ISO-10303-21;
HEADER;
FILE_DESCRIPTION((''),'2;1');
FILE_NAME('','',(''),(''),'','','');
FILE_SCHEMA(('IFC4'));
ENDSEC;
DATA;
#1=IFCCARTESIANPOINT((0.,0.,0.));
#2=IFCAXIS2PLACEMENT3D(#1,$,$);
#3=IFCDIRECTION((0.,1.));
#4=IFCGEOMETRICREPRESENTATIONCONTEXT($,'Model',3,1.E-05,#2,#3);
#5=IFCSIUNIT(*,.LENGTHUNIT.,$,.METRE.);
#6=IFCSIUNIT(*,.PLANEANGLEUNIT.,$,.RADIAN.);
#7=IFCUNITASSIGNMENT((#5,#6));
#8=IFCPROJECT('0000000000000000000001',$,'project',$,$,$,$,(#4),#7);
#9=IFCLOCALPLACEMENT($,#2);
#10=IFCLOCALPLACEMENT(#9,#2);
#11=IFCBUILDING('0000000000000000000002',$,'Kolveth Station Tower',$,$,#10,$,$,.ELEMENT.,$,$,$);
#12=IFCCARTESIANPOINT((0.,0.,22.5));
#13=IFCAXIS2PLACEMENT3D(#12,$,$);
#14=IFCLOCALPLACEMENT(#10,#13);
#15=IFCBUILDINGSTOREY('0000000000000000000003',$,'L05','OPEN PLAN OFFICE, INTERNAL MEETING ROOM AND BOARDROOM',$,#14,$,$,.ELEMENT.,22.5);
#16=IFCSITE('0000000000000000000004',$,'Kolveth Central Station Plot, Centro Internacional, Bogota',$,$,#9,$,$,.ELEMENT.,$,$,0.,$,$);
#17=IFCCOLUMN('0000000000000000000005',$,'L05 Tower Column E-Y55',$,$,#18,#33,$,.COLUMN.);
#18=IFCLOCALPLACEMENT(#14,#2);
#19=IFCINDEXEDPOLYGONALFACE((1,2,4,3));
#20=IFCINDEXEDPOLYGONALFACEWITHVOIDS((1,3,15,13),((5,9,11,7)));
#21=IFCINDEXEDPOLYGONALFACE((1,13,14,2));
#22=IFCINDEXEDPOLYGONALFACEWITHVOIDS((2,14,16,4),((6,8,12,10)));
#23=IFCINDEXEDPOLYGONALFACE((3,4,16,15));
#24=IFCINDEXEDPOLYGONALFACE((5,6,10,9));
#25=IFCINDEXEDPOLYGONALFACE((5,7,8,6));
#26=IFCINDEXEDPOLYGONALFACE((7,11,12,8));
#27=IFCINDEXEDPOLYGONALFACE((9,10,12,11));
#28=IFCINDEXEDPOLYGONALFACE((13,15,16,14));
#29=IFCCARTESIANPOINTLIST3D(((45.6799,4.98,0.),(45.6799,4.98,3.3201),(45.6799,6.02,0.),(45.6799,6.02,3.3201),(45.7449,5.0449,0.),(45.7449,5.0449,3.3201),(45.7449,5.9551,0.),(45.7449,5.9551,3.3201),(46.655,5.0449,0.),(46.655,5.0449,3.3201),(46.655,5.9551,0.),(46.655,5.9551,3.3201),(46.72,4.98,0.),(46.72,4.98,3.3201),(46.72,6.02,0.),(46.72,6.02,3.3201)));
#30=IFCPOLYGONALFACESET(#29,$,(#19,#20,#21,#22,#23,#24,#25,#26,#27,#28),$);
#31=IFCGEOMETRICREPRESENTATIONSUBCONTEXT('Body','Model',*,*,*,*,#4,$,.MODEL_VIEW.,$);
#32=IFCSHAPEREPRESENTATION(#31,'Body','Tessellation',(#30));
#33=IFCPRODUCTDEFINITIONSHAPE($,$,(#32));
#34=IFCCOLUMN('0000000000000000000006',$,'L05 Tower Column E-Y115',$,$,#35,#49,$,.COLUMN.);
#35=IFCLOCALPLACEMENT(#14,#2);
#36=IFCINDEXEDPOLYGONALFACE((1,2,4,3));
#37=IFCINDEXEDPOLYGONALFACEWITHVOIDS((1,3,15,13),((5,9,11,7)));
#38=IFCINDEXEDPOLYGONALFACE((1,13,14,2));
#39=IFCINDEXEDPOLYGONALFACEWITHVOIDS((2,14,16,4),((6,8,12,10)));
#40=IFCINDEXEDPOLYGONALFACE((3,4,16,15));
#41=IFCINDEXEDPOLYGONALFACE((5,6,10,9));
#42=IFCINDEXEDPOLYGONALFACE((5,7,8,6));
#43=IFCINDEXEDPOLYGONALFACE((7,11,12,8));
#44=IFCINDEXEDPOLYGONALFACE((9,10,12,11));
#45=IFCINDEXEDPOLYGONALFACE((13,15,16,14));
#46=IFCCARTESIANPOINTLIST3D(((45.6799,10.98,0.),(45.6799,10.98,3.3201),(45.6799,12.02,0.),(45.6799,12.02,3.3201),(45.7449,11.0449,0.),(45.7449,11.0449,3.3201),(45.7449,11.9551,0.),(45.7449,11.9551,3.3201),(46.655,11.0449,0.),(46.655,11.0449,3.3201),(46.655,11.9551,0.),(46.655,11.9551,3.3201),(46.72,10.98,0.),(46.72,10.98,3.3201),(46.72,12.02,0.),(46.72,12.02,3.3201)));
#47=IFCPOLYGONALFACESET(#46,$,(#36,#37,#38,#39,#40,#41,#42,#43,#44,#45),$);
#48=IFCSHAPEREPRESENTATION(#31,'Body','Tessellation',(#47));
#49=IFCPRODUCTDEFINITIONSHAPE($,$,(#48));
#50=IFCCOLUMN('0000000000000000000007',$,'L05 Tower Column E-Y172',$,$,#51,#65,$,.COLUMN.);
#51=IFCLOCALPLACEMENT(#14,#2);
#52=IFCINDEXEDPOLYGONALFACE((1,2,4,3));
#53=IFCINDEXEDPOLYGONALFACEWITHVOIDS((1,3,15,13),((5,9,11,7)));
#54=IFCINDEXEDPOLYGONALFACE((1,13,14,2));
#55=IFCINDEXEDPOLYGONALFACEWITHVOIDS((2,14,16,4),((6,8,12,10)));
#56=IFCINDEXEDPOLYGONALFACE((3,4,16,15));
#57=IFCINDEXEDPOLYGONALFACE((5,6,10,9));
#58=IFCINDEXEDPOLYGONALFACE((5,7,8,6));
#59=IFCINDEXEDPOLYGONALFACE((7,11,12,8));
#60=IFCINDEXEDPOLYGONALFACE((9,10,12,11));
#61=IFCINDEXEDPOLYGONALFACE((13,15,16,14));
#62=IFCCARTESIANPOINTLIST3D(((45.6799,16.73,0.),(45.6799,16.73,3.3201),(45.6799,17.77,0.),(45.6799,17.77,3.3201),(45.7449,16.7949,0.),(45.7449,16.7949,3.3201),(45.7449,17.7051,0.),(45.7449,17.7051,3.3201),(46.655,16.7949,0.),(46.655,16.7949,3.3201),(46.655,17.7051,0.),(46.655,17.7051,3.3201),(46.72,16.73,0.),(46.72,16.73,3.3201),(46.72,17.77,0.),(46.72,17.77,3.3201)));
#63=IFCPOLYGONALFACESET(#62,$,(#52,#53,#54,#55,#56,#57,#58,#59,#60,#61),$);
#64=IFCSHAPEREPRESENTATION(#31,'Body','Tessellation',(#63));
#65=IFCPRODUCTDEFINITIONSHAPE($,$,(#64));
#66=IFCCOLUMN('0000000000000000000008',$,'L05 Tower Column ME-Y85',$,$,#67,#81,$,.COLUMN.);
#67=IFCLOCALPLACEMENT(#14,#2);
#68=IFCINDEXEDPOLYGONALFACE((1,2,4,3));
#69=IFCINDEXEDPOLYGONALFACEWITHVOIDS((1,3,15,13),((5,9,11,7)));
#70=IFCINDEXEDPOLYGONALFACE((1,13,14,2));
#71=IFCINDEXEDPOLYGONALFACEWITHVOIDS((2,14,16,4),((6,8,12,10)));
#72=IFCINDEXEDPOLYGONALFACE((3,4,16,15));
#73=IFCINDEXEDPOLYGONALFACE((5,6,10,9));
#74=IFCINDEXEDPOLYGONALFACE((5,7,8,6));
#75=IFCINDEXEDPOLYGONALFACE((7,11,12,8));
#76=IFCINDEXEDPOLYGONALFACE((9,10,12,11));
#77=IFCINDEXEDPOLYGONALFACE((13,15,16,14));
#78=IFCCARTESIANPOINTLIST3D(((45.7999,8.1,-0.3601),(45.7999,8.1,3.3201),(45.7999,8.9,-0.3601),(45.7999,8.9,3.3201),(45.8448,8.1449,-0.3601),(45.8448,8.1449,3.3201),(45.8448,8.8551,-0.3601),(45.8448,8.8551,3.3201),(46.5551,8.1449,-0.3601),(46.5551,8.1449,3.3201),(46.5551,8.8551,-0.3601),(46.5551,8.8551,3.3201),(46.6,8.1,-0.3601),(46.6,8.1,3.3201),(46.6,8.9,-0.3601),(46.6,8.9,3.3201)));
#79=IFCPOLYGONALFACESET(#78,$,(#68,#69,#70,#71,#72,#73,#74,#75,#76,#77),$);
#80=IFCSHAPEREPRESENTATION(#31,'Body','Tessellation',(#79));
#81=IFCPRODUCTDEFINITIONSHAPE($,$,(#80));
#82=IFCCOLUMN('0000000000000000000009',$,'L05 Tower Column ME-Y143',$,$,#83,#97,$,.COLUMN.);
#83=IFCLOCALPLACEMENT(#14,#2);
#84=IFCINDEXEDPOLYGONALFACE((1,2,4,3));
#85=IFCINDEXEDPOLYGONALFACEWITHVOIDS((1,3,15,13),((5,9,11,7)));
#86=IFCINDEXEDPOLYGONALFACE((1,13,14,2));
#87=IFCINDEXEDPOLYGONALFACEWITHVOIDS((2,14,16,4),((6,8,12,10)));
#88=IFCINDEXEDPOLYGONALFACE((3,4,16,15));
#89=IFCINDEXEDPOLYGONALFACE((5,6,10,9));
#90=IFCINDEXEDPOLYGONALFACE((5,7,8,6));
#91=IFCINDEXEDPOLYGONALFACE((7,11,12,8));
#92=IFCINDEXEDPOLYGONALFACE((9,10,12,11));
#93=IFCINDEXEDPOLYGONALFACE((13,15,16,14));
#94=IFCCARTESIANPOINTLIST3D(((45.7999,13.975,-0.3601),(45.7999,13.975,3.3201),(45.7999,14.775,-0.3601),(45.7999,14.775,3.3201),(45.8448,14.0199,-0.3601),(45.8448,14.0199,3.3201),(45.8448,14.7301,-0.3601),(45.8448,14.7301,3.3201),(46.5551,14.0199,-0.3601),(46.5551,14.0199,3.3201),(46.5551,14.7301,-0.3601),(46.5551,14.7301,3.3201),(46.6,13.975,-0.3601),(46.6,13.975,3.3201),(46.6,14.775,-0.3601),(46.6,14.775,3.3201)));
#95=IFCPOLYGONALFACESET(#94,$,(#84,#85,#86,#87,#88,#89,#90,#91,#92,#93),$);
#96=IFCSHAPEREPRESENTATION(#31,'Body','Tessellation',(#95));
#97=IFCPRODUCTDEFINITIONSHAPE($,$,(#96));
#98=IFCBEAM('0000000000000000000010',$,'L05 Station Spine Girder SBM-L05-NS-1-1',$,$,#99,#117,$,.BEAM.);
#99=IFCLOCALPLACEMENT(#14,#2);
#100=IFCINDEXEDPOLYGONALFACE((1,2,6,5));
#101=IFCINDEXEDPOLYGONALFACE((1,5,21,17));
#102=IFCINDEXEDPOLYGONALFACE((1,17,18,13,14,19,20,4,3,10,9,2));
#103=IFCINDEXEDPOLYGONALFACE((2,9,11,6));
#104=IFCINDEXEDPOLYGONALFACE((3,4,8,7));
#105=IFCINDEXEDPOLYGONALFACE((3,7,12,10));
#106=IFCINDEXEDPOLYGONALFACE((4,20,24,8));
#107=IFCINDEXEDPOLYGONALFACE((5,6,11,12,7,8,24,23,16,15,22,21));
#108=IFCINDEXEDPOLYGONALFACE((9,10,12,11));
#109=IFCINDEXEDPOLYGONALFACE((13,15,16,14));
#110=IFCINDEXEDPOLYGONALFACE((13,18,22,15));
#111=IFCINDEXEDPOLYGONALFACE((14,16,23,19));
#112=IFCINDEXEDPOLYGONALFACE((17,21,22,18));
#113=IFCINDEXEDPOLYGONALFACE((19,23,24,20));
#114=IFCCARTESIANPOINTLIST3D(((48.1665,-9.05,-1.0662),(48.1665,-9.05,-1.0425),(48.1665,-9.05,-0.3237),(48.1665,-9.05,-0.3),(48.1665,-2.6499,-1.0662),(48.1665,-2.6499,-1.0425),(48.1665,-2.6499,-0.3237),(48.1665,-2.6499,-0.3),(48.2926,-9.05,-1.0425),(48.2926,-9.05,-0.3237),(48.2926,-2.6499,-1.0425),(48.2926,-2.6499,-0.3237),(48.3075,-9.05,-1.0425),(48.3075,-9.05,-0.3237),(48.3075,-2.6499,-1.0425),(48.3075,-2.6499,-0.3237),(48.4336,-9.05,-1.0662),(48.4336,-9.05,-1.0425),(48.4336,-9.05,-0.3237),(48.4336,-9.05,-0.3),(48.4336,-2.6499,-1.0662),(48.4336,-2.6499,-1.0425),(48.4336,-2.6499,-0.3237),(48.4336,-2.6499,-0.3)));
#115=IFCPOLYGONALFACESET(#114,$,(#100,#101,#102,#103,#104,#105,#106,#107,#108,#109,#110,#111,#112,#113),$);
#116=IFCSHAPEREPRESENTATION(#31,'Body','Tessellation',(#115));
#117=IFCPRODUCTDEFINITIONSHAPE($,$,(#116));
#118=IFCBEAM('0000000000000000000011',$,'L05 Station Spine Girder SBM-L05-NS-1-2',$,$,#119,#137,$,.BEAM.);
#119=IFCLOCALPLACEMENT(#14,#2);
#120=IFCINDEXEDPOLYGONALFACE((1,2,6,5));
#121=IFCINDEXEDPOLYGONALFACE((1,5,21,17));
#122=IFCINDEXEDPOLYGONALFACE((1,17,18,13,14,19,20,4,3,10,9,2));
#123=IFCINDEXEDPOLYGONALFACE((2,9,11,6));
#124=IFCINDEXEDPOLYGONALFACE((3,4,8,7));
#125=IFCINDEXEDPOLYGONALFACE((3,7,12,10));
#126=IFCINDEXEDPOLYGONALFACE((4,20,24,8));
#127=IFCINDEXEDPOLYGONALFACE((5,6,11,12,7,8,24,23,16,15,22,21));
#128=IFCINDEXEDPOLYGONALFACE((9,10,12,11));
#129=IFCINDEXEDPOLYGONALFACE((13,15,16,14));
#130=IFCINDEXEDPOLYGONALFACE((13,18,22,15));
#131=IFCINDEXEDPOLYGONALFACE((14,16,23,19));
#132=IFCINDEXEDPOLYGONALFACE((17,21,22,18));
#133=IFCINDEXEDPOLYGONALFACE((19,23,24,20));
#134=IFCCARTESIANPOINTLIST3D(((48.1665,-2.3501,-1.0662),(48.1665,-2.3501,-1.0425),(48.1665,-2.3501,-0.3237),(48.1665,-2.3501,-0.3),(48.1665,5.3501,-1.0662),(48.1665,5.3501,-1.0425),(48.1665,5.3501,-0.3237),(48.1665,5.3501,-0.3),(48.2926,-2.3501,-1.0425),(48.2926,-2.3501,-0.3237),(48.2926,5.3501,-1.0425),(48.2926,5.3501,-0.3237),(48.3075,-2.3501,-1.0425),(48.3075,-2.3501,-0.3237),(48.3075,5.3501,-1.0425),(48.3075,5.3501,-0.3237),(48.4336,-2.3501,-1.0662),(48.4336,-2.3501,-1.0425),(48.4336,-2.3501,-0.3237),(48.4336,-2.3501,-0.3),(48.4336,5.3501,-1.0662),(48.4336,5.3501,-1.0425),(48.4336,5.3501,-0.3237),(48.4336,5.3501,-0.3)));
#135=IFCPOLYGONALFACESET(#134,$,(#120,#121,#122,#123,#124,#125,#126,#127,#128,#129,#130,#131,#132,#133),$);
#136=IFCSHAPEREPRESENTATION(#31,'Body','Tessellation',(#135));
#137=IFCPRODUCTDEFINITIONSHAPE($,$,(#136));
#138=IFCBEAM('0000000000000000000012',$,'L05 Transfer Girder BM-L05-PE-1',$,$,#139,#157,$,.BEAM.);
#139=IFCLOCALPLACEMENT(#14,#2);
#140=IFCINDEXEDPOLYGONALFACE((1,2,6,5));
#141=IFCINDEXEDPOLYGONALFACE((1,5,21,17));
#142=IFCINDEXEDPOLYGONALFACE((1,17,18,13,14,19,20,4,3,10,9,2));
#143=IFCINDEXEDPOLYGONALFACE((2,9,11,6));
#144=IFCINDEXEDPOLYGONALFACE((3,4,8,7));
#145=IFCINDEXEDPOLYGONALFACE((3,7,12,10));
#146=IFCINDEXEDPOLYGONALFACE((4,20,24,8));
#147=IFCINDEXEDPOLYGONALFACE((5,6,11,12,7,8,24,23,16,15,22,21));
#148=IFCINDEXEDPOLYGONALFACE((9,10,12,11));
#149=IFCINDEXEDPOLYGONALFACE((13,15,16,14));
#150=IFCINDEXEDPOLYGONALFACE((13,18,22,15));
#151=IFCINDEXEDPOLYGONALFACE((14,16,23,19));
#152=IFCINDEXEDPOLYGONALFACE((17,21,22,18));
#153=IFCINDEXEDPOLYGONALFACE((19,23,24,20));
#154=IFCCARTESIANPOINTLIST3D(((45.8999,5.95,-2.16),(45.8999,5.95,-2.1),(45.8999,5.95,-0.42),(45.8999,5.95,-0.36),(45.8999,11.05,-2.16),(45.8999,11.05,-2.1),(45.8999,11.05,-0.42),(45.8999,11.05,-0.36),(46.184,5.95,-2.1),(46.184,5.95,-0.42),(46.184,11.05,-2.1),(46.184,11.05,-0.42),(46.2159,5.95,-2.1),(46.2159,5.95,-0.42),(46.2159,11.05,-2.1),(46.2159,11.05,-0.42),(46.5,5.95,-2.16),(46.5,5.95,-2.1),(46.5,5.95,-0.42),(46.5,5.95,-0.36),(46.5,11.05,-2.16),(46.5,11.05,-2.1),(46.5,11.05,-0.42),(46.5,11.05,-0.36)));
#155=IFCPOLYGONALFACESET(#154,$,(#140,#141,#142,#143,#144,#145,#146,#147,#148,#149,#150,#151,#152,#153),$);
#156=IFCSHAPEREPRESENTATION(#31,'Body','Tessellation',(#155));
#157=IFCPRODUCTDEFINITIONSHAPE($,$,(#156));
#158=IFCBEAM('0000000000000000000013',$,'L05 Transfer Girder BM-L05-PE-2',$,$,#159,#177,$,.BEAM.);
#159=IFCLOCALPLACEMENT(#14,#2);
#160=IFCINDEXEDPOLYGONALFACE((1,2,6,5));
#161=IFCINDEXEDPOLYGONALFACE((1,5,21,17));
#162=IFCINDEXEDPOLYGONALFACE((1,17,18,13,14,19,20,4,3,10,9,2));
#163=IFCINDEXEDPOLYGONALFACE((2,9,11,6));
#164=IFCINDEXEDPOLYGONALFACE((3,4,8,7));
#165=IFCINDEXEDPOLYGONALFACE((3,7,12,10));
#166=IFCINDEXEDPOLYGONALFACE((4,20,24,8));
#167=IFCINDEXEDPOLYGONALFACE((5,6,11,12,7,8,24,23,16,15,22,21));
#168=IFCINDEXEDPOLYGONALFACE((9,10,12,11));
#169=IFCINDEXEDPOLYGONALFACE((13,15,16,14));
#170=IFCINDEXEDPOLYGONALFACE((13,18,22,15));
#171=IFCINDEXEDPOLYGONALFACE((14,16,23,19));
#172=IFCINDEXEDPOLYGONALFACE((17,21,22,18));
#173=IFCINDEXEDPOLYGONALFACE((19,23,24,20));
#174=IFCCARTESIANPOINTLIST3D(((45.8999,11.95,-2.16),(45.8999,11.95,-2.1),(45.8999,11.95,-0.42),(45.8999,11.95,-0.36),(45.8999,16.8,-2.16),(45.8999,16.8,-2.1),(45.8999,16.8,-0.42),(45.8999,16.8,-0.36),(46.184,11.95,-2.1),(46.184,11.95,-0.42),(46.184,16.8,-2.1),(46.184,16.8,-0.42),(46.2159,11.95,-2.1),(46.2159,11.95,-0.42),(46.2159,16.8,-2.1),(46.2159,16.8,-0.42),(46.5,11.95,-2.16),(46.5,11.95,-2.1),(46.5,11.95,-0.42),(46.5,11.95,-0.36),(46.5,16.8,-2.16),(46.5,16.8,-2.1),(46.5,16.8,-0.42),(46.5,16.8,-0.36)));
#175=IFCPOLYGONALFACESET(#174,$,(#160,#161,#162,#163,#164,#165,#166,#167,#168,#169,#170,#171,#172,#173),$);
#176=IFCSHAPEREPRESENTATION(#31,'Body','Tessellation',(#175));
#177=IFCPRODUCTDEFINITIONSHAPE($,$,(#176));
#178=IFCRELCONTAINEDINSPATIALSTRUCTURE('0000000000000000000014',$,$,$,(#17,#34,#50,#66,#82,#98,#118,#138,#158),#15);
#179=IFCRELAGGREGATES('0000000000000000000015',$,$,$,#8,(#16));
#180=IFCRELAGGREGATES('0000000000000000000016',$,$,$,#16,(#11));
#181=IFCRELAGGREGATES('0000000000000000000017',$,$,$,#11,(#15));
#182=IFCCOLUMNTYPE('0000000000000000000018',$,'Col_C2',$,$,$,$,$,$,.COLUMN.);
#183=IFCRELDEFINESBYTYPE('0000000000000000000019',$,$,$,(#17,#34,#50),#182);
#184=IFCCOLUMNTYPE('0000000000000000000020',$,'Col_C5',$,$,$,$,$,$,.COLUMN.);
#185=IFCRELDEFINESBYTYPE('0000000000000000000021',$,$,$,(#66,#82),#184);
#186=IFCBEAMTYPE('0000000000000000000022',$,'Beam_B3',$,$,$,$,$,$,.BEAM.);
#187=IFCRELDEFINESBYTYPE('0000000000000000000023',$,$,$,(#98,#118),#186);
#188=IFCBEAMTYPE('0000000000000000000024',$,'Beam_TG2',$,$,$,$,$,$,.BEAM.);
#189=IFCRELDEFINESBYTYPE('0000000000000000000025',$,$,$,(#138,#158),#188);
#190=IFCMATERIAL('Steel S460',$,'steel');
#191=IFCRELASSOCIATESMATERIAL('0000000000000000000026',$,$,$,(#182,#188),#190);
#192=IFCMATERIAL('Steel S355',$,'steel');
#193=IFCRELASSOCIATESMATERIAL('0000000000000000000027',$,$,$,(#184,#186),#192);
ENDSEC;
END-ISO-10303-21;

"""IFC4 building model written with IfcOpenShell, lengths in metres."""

from ifc_helpers import new_model, si_unit, direction, frame, origin, origin_2d, place, context, subcontext, project, spatial, hollow_rectangle, i_section, extrude, source, transform, mapped, material, material_profile, profile_set, type_object, element, save


model = new_model("IFC4")

# Units and contexts
model_context = context("Model", 3, precision=1e-05, world=origin(), true_north=direction((0.0, 1.0)))
body_context = subcontext(model_context, "Body", "Model", "MODEL_VIEW")
ifc_project = project(units=[si_unit("LENGTHUNIT", "METRE"), si_unit("PLANEANGLEUNIT", "RADIAN")], contexts=[model_context])

# Site, building, storey
site_placement = place(None, origin())
site = spatial("IfcSite", under=ifc_project, at=site_placement, Name="Kolveth Central Station Plot, Centro Internacional, Bogota", CompositionType="ELEMENT", RefElevation=0.0)
building_placement = place(site_placement, origin())
building = spatial("IfcBuilding", under=site, at=building_placement, Name="Kolveth Station Tower", CompositionType="ELEMENT")
storey_placement = place(building_placement, frame((0.0, 0.0, 22.5)))
storey = spatial("IfcBuildingStorey", under=building, at=storey_placement, Name="L05", Description="OPEN PLAN OFFICE, INTERNAL MEETING ROOM AND BOARDROOM", CompositionType="ELEMENT", Elevation=22.5)

# Columns
ifc_material_1 = material(Name="Steel S460", Category="steel")
ifc_material_profile_1 = material_profile(ifc_material_1, hollow_rectangle(XDim=1.04, YDim=1.04, WallThickness=0.0649, at=origin_2d()), Name="BOX1040x1040x65")
ifc_profile_set_1 = profile_set([ifc_material_profile_1], Name="Steel S460")
column_type_1 = type_object("IfcColumnType", Name="Col_C2", PredefinedType="COLUMN", material=ifc_profile_set_1)
shared_shape_1 = source(origin(), body_context, "Body", "SweptSolid", [
    extrude(hollow_rectangle(XDim=1.04, YDim=1.04, WallThickness=0.0649, at=origin_2d()), origin(), (0.0, 0.0, 1.0), 3.3201),
])
for number, where, z_axis, x_axis, name in (
    (1, (46.2, 5.5, 0.0), (0.0, 0.0, 1.0), (1.0, 0.0, 0.0), "L05 Tower Column E-Y55"),
    (2, (46.2, 11.5, 0.0), (0.0, 0.0, 1.0), (1.0, 0.0, 0.0), "L05 Tower Column E-Y115"),
    (3, (46.2, 17.25, 0.0), (0.0, 0.0, 1.0), (1.0, 0.0, 0.0), "L05 Tower Column E-Y172"),
):
    element("IfcColumn", number, at=place(storey_placement, frame(where, z_axis=z_axis, x_axis=x_axis)), inside=storey, type_object=column_type_1, Name=name, PredefinedType="COLUMN", context=body_context, shape_type="MappedRepresentation", body=[
        mapped(shared_shape_1, transform((0.0, 0.0, 0.0), x_axis=(1.0, 0.0, 0.0), y_axis=(0.0, 1.0, 0.0), z_axis=(0.0, 0.0, 1.0), scale=1.0)),
    ])
ifc_material_2 = material(Name="Steel S355", Category="steel")
ifc_material_profile_2 = material_profile(ifc_material_2, hollow_rectangle(XDim=0.8, YDim=0.8, WallThickness=0.0449, at=origin_2d()), Name="BOX800x800x45")
ifc_profile_set_2 = profile_set([ifc_material_profile_2], Name="Steel S355")
column_type_2 = type_object("IfcColumnType", Name="Col_C5", PredefinedType="COLUMN", material=ifc_profile_set_2)
shared_shape_2 = source(origin(), body_context, "Body", "SweptSolid", [
    extrude(hollow_rectangle(XDim=0.8, YDim=0.8, WallThickness=0.0449, at=origin_2d()), origin(), (0.0, 0.0, 1.0), 3.6802),
])
for number, where, z_axis, x_axis, name in (
    (4, (46.2, 8.5, -0.3601), (0.0, 0.0, 1.0), (1.0, 0.0, 0.0), "L05 Tower Column ME-Y85"),
    (5, (46.2, 14.375, -0.3601), (0.0, 0.0, 1.0), (1.0, 0.0, 0.0), "L05 Tower Column ME-Y143"),
):
    element("IfcColumn", number, at=place(storey_placement, frame(where, z_axis=z_axis, x_axis=x_axis)), inside=storey, type_object=column_type_2, Name=name, PredefinedType="COLUMN", context=body_context, shape_type="MappedRepresentation", body=[
        mapped(shared_shape_2, transform((0.0, 0.0, 0.0), x_axis=(1.0, 0.0, 0.0), y_axis=(0.0, 1.0, 0.0), z_axis=(0.0, 0.0, 1.0), scale=1.0)),
    ])

# Beams
ifc_material_profile_3 = material_profile(ifc_material_2, i_section(OverallWidth=0.2671, OverallDepth=0.7661, WebThickness=0.0149, FlangeThickness=0.0237, at=origin_2d()), Name="W760x185")
ifc_profile_set_3 = profile_set([ifc_material_profile_3], Name="Steel S355")
beam_type_1 = type_object("IfcBeamType", Name="Beam_B3", PredefinedType="BEAM", material=ifc_profile_set_3)
shared_shape_3 = source(origin(), body_context, "Body", "SweptSolid", [
    extrude(i_section(OverallWidth=0.2671, OverallDepth=0.7661, WebThickness=0.0149, FlangeThickness=0.0237, at=origin_2d()), origin(), (0.0, 0.0, 1.0), 6.4001),
])
beam_1_placement = place(storey_placement, frame((48.3, -9.05, -0.6831), z_axis=(0.0, 1.0, 0.0), x_axis=(-1.0, 0.0, 0.0)))
element("IfcBeam", 6, at=beam_1_placement, inside=storey, type_object=beam_type_1, Name="L05 Station Spine Girder SBM-L05-NS-1-1", PredefinedType="BEAM", context=body_context, shape_type="MappedRepresentation", body=[
    mapped(shared_shape_3, transform((0.0, 0.0, 0.0), x_axis=(1.0, 0.0, 0.0), y_axis=(0.0, 1.0, 0.0), z_axis=(0.0, 0.0, 1.0), scale=1.0)),
])
shared_shape_4 = source(origin(), body_context, "Body", "SweptSolid", [
    extrude(i_section(OverallWidth=0.2671, OverallDepth=0.7661, WebThickness=0.0149, FlangeThickness=0.0237, at=origin_2d()), origin(), (0.0, 0.0, 1.0), 7.7002),
])
beam_2_placement = place(storey_placement, frame((48.3, -2.3501, -0.6831), z_axis=(0.0, 1.0, 0.0), x_axis=(-1.0, 0.0, 0.0)))
element("IfcBeam", 7, at=beam_2_placement, inside=storey, type_object=beam_type_1, Name="L05 Station Spine Girder SBM-L05-NS-1-2", PredefinedType="BEAM", context=body_context, shape_type="MappedRepresentation", body=[
    mapped(shared_shape_4, transform((0.0, 0.0, 0.0), x_axis=(1.0, 0.0, 0.0), y_axis=(0.0, 1.0, 0.0), z_axis=(0.0, 0.0, 1.0), scale=1.0)),
])
ifc_material_profile_4 = material_profile(ifc_material_1, i_section(OverallWidth=0.6001, OverallDepth=1.8, WebThickness=0.032, FlangeThickness=0.0601, at=origin_2d()), Name="PG1800x600x60")
ifc_profile_set_4 = profile_set([ifc_material_profile_4], Name="Steel S460")
beam_type_2 = type_object("IfcBeamType", Name="Beam_TG2", PredefinedType="BEAM", material=ifc_profile_set_4)
shared_shape_5 = source(origin(), body_context, "Body", "SweptSolid", [
    extrude(i_section(OverallWidth=0.6001, OverallDepth=1.8, WebThickness=0.032, FlangeThickness=0.0601, at=origin_2d()), origin(), (0.0, 0.0, 1.0), 5.1001),
])
beam_3_placement = place(storey_placement, frame((46.2, 5.95, -1.26), z_axis=(0.0, 1.0, 0.0), x_axis=(-1.0, 0.0, 0.0)))
element("IfcBeam", 8, at=beam_3_placement, inside=storey, type_object=beam_type_2, Name="L05 Transfer Girder BM-L05-PE-1", PredefinedType="BEAM", context=body_context, shape_type="MappedRepresentation", body=[
    mapped(shared_shape_5, transform((0.0, 0.0, 0.0), x_axis=(1.0, 0.0, 0.0), y_axis=(0.0, 1.0, 0.0), z_axis=(0.0, 0.0, 1.0), scale=1.0)),
])
shared_shape_6 = source(origin(), body_context, "Body", "SweptSolid", [
    extrude(i_section(OverallWidth=0.6001, OverallDepth=1.8, WebThickness=0.032, FlangeThickness=0.0601, at=origin_2d()), origin(), (0.0, 0.0, 1.0), 4.8501),
])
beam_4_placement = place(storey_placement, frame((46.2, 11.95, -1.26), z_axis=(0.0, 1.0, 0.0), x_axis=(-1.0, 0.0, 0.0)))
element("IfcBeam", 9, at=beam_4_placement, inside=storey, type_object=beam_type_2, Name="L05 Transfer Girder BM-L05-PE-2", PredefinedType="BEAM", context=body_context, shape_type="MappedRepresentation", body=[
    mapped(shared_shape_6, transform((0.0, 0.0, 0.0), x_axis=(1.0, 0.0, 0.0), y_axis=(0.0, 1.0, 0.0), z_axis=(0.0, 0.0, 1.0), scale=1.0)),
])

save(model, "model.ifc")
